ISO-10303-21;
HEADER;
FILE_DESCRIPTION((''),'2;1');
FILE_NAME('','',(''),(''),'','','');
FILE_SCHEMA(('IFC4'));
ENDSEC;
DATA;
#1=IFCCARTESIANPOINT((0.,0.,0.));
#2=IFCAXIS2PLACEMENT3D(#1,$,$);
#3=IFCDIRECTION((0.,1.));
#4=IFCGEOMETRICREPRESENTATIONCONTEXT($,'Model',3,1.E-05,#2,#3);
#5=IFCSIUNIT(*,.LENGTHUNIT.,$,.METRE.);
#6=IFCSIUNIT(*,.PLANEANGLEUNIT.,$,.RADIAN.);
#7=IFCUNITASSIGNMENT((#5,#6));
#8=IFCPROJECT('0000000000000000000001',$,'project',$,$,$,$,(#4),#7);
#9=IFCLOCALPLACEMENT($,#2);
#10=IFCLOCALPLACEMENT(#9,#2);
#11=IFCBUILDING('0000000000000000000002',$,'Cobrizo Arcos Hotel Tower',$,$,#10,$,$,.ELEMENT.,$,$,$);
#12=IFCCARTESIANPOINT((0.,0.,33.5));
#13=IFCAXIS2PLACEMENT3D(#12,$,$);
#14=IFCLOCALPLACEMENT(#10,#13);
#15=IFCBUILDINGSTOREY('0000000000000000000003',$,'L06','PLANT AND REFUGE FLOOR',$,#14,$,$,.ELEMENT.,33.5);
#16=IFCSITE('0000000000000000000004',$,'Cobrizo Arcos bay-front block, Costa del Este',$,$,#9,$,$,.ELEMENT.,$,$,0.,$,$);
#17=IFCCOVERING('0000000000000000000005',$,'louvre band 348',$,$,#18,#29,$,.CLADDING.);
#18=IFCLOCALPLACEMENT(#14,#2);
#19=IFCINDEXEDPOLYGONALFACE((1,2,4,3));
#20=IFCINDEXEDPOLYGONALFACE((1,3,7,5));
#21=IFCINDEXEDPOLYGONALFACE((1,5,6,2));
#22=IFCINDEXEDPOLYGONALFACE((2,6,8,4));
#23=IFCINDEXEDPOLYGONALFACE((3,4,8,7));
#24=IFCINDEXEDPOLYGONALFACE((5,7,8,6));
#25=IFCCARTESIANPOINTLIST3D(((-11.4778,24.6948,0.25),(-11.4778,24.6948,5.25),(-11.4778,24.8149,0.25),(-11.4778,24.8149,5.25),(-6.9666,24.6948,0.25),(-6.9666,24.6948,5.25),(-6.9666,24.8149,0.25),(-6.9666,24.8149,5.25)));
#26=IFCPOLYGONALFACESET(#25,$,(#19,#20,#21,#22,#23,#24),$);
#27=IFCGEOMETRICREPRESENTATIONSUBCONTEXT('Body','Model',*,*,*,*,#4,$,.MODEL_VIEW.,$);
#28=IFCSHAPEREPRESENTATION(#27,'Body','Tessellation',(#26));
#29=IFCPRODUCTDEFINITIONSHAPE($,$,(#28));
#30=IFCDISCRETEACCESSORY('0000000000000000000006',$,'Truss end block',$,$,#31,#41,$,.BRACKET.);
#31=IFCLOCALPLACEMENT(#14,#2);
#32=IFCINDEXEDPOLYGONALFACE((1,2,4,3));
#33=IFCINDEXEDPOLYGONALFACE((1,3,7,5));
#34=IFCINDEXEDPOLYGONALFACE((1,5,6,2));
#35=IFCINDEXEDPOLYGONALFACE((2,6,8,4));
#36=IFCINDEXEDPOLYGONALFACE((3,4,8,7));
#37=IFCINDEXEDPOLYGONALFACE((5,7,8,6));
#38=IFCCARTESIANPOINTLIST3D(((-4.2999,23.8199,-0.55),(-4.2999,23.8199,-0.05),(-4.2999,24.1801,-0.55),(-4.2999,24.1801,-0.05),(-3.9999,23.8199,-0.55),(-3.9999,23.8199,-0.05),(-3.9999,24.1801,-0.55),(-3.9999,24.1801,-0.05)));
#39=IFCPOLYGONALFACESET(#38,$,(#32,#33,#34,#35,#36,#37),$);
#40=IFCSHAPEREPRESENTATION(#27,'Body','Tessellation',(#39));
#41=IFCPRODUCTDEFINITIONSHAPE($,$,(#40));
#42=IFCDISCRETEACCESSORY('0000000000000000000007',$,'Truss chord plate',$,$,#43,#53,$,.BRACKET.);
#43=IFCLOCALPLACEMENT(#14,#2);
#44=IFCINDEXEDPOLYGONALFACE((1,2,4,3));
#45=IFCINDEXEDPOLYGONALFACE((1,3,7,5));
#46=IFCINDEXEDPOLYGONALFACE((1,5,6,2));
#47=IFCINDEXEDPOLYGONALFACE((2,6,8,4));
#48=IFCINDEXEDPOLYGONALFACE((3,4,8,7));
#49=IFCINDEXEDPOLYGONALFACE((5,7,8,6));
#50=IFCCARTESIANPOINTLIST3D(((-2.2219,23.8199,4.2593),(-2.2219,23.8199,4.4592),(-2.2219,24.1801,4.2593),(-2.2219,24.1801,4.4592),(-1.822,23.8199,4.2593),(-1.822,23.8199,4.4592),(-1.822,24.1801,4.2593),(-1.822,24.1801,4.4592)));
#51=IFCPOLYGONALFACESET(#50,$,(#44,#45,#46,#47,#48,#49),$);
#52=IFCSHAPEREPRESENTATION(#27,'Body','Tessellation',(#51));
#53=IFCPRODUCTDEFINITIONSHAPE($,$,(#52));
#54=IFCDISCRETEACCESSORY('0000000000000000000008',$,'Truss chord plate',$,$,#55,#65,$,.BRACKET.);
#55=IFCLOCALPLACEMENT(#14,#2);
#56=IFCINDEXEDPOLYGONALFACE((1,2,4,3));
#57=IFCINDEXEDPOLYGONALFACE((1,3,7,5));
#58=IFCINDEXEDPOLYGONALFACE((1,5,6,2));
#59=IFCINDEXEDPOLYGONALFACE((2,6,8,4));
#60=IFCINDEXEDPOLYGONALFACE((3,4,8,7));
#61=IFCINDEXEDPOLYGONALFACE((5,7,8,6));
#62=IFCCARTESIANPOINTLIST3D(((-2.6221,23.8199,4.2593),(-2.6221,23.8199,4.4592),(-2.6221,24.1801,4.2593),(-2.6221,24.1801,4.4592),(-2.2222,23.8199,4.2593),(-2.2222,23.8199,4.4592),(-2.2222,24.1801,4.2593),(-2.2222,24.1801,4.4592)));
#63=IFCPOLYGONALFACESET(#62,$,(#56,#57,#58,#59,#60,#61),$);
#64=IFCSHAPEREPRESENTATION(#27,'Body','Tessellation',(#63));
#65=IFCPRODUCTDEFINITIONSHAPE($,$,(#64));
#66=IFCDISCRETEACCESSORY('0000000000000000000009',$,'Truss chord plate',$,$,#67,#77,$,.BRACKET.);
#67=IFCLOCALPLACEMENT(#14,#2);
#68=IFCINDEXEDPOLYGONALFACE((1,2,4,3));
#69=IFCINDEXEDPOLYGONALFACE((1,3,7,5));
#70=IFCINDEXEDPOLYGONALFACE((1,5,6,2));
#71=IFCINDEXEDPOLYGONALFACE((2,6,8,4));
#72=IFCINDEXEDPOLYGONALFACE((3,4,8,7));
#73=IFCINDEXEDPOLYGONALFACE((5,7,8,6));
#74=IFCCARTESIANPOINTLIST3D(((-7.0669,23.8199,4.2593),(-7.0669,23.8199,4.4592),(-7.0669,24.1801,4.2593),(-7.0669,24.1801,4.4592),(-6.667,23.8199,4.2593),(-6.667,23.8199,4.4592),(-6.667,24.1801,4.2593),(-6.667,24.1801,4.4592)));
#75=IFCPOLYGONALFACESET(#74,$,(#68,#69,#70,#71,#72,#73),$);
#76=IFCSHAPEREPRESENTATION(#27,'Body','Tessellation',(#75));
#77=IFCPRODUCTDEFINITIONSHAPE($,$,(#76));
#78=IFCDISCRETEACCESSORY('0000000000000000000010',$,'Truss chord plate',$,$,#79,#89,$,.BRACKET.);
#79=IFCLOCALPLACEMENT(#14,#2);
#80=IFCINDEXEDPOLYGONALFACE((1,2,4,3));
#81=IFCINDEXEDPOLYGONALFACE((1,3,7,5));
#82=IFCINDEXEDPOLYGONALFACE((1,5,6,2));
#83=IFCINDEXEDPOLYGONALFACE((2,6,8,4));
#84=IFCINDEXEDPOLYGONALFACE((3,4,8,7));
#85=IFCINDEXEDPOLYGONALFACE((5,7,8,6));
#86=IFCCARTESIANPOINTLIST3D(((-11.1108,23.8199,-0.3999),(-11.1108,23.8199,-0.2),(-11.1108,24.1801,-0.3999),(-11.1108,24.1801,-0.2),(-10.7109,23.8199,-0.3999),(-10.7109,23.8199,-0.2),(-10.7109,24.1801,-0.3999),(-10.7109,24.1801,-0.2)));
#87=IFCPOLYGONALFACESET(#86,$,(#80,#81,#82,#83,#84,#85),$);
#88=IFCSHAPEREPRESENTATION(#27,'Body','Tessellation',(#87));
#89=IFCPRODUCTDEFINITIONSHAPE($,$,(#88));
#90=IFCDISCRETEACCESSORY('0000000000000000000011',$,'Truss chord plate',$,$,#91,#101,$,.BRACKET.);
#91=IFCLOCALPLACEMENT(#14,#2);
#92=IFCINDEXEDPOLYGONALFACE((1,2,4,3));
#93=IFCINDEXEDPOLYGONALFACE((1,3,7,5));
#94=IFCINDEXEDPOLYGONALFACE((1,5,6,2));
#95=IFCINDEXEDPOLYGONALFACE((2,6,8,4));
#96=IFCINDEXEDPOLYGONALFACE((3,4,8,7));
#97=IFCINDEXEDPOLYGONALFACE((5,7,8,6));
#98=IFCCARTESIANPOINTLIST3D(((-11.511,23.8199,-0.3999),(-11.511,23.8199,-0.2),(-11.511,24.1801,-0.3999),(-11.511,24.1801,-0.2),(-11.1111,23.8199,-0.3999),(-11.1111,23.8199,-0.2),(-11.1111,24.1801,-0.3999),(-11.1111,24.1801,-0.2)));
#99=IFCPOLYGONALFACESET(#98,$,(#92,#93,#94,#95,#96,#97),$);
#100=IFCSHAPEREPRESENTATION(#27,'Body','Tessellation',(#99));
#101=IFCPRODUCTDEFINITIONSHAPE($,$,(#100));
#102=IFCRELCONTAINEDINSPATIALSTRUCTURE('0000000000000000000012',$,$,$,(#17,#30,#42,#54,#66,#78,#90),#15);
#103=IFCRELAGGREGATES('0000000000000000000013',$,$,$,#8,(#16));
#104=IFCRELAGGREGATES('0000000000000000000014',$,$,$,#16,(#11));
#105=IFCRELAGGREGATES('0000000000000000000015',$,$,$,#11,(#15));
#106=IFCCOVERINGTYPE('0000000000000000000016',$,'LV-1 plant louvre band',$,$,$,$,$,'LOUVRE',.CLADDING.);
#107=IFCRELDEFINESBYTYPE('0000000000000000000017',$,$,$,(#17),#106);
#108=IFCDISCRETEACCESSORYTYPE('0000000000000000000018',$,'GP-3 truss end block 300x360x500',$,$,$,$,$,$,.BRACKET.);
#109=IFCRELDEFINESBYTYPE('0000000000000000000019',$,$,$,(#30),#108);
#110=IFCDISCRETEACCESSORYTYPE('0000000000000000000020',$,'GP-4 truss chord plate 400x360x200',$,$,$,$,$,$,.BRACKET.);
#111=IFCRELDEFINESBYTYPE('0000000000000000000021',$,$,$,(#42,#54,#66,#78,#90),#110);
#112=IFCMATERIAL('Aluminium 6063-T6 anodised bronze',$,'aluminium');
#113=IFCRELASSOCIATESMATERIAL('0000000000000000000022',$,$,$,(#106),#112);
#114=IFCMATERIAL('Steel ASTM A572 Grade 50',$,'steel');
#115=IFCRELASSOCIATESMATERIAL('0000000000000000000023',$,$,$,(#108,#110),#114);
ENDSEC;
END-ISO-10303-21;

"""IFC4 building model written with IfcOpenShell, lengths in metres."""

from ifc_helpers import new_model, si_unit, direction, frame, origin, origin_2d, place, context, subcontext, project, spatial, rectangle, extrude, material, type_object, element, save


model = new_model("IFC4")

# Units and contexts
model_context = context("Model", 3, precision=1e-05, world=origin(), true_north=direction((0.0, 1.0)))
body_context = subcontext(model_context, "Body", "Model", "MODEL_VIEW")
ifc_project = project(units=[si_unit("LENGTHUNIT", "METRE"), si_unit("PLANEANGLEUNIT", "RADIAN")], contexts=[model_context])

# Site, building, storey
site_placement = place(None, origin())
site = spatial("IfcSite", under=ifc_project, at=site_placement, Name="Cobrizo Arcos bay-front block, Costa del Este", CompositionType="ELEMENT", RefElevation=0.0)
building_placement = place(site_placement, origin())
building = spatial("IfcBuilding", under=site, at=building_placement, Name="Cobrizo Arcos Hotel Tower", CompositionType="ELEMENT")
storey_placement = place(building_placement, frame((0.0, 0.0, 33.5)))
storey = spatial("IfcBuildingStorey", under=building, at=storey_placement, Name="L06", Description="PLANT AND REFUGE FLOOR", CompositionType="ELEMENT", Elevation=33.5)

# Shared definitions
ifc_material_1 = material(Name="Steel ASTM A572 Grade 50", Category="steel")

# Shared definitions
ifc_material_2 = material(Name="Aluminium 6063-T6 anodised bronze", Category="aluminium")

# Covering
covering_type = type_object("IfcCoveringType", Name="LV-1 plant louvre band", ElementType="LOUVRE", PredefinedType="CLADDING", material=ifc_material_2)
for number, where, z_axis, x_axis, name in (
    (1, (-9.2222, 24.7549, 0.25), (0.0, 0.0, 1.0), (-1.0, 0.0, 0.0), "louvre band 348"),
):
    element("IfcCovering", number, at=place(storey_placement, frame(where, z_axis=z_axis, x_axis=x_axis)), inside=storey, type_object=covering_type, Name=name, PredefinedType="CLADDING", context=body_context, shape_type="SweptSolid", body=[
        extrude(rectangle(XDim=4.5112, YDim=0.1201, at=origin_2d()), origin(), (0.0, 0.0, 1.0), 5.0),
    ])

# Discrete accessories
discrete_accessory_type_1 = type_object("IfcDiscreteAccessoryType", Name="GP-3 truss end block 300x360x500", PredefinedType="BRACKET", material=ifc_material_1)
discrete_accessory_placement = place(storey_placement, frame((-4.1499, 24.0, -0.55), z_axis=(0.0, 0.0, 1.0), x_axis=(1.0, 0.0, 0.0)))
element("IfcDiscreteAccessory", 2, at=discrete_accessory_placement, inside=storey, type_object=discrete_accessory_type_1, Name="Truss end block", PredefinedType="BRACKET", context=body_context, shape_type="SweptSolid", body=[
    extrude(rectangle(XDim=0.3, YDim=0.3601, at=origin_2d()), origin(), (0.0, 0.0, 1.0), 0.5),
])
discrete_accessory_type_2 = type_object("IfcDiscreteAccessoryType", Name="GP-4 truss chord plate 400x360x200", PredefinedType="BRACKET", material=ifc_material_1)
for number, where, z_axis, x_axis, name in (
    (3, (-2.022, 24.0, 4.2593), (0.0, 0.0, 1.0), (-1.0, 0.0, 0.0), "Truss chord plate"),
    (4, (-2.4221, 24.0, 4.2593), (0.0, 0.0, 1.0), (-1.0, 0.0, 0.0), "Truss chord plate"),
    (5, (-6.8669, 24.0, 4.2593), (0.0, 0.0, 1.0), (-1.0, 0.0, 0.0), "Truss chord plate"),
    (6, (-10.9109, 24.0, -0.3999), (0.0, 0.0, 1.0), (-1.0, 0.0, 0.0), "Truss chord plate"),
    (7, (-11.311, 24.0, -0.3999), (0.0, 0.0, 1.0), (-1.0, 0.0, 0.0), "Truss chord plate"),
):
    element("IfcDiscreteAccessory", number, at=place(storey_placement, frame(where, z_axis=z_axis, x_axis=x_axis)), inside=storey, type_object=discrete_accessory_type_2, Name=name, PredefinedType="BRACKET", context=body_context, shape_type="SweptSolid", body=[
        extrude(rectangle(XDim=0.3999, YDim=0.3601, at=origin_2d()), origin(), (0.0, 0.0, 1.0), 0.2),
    ])

save(model, "model.ifc")
